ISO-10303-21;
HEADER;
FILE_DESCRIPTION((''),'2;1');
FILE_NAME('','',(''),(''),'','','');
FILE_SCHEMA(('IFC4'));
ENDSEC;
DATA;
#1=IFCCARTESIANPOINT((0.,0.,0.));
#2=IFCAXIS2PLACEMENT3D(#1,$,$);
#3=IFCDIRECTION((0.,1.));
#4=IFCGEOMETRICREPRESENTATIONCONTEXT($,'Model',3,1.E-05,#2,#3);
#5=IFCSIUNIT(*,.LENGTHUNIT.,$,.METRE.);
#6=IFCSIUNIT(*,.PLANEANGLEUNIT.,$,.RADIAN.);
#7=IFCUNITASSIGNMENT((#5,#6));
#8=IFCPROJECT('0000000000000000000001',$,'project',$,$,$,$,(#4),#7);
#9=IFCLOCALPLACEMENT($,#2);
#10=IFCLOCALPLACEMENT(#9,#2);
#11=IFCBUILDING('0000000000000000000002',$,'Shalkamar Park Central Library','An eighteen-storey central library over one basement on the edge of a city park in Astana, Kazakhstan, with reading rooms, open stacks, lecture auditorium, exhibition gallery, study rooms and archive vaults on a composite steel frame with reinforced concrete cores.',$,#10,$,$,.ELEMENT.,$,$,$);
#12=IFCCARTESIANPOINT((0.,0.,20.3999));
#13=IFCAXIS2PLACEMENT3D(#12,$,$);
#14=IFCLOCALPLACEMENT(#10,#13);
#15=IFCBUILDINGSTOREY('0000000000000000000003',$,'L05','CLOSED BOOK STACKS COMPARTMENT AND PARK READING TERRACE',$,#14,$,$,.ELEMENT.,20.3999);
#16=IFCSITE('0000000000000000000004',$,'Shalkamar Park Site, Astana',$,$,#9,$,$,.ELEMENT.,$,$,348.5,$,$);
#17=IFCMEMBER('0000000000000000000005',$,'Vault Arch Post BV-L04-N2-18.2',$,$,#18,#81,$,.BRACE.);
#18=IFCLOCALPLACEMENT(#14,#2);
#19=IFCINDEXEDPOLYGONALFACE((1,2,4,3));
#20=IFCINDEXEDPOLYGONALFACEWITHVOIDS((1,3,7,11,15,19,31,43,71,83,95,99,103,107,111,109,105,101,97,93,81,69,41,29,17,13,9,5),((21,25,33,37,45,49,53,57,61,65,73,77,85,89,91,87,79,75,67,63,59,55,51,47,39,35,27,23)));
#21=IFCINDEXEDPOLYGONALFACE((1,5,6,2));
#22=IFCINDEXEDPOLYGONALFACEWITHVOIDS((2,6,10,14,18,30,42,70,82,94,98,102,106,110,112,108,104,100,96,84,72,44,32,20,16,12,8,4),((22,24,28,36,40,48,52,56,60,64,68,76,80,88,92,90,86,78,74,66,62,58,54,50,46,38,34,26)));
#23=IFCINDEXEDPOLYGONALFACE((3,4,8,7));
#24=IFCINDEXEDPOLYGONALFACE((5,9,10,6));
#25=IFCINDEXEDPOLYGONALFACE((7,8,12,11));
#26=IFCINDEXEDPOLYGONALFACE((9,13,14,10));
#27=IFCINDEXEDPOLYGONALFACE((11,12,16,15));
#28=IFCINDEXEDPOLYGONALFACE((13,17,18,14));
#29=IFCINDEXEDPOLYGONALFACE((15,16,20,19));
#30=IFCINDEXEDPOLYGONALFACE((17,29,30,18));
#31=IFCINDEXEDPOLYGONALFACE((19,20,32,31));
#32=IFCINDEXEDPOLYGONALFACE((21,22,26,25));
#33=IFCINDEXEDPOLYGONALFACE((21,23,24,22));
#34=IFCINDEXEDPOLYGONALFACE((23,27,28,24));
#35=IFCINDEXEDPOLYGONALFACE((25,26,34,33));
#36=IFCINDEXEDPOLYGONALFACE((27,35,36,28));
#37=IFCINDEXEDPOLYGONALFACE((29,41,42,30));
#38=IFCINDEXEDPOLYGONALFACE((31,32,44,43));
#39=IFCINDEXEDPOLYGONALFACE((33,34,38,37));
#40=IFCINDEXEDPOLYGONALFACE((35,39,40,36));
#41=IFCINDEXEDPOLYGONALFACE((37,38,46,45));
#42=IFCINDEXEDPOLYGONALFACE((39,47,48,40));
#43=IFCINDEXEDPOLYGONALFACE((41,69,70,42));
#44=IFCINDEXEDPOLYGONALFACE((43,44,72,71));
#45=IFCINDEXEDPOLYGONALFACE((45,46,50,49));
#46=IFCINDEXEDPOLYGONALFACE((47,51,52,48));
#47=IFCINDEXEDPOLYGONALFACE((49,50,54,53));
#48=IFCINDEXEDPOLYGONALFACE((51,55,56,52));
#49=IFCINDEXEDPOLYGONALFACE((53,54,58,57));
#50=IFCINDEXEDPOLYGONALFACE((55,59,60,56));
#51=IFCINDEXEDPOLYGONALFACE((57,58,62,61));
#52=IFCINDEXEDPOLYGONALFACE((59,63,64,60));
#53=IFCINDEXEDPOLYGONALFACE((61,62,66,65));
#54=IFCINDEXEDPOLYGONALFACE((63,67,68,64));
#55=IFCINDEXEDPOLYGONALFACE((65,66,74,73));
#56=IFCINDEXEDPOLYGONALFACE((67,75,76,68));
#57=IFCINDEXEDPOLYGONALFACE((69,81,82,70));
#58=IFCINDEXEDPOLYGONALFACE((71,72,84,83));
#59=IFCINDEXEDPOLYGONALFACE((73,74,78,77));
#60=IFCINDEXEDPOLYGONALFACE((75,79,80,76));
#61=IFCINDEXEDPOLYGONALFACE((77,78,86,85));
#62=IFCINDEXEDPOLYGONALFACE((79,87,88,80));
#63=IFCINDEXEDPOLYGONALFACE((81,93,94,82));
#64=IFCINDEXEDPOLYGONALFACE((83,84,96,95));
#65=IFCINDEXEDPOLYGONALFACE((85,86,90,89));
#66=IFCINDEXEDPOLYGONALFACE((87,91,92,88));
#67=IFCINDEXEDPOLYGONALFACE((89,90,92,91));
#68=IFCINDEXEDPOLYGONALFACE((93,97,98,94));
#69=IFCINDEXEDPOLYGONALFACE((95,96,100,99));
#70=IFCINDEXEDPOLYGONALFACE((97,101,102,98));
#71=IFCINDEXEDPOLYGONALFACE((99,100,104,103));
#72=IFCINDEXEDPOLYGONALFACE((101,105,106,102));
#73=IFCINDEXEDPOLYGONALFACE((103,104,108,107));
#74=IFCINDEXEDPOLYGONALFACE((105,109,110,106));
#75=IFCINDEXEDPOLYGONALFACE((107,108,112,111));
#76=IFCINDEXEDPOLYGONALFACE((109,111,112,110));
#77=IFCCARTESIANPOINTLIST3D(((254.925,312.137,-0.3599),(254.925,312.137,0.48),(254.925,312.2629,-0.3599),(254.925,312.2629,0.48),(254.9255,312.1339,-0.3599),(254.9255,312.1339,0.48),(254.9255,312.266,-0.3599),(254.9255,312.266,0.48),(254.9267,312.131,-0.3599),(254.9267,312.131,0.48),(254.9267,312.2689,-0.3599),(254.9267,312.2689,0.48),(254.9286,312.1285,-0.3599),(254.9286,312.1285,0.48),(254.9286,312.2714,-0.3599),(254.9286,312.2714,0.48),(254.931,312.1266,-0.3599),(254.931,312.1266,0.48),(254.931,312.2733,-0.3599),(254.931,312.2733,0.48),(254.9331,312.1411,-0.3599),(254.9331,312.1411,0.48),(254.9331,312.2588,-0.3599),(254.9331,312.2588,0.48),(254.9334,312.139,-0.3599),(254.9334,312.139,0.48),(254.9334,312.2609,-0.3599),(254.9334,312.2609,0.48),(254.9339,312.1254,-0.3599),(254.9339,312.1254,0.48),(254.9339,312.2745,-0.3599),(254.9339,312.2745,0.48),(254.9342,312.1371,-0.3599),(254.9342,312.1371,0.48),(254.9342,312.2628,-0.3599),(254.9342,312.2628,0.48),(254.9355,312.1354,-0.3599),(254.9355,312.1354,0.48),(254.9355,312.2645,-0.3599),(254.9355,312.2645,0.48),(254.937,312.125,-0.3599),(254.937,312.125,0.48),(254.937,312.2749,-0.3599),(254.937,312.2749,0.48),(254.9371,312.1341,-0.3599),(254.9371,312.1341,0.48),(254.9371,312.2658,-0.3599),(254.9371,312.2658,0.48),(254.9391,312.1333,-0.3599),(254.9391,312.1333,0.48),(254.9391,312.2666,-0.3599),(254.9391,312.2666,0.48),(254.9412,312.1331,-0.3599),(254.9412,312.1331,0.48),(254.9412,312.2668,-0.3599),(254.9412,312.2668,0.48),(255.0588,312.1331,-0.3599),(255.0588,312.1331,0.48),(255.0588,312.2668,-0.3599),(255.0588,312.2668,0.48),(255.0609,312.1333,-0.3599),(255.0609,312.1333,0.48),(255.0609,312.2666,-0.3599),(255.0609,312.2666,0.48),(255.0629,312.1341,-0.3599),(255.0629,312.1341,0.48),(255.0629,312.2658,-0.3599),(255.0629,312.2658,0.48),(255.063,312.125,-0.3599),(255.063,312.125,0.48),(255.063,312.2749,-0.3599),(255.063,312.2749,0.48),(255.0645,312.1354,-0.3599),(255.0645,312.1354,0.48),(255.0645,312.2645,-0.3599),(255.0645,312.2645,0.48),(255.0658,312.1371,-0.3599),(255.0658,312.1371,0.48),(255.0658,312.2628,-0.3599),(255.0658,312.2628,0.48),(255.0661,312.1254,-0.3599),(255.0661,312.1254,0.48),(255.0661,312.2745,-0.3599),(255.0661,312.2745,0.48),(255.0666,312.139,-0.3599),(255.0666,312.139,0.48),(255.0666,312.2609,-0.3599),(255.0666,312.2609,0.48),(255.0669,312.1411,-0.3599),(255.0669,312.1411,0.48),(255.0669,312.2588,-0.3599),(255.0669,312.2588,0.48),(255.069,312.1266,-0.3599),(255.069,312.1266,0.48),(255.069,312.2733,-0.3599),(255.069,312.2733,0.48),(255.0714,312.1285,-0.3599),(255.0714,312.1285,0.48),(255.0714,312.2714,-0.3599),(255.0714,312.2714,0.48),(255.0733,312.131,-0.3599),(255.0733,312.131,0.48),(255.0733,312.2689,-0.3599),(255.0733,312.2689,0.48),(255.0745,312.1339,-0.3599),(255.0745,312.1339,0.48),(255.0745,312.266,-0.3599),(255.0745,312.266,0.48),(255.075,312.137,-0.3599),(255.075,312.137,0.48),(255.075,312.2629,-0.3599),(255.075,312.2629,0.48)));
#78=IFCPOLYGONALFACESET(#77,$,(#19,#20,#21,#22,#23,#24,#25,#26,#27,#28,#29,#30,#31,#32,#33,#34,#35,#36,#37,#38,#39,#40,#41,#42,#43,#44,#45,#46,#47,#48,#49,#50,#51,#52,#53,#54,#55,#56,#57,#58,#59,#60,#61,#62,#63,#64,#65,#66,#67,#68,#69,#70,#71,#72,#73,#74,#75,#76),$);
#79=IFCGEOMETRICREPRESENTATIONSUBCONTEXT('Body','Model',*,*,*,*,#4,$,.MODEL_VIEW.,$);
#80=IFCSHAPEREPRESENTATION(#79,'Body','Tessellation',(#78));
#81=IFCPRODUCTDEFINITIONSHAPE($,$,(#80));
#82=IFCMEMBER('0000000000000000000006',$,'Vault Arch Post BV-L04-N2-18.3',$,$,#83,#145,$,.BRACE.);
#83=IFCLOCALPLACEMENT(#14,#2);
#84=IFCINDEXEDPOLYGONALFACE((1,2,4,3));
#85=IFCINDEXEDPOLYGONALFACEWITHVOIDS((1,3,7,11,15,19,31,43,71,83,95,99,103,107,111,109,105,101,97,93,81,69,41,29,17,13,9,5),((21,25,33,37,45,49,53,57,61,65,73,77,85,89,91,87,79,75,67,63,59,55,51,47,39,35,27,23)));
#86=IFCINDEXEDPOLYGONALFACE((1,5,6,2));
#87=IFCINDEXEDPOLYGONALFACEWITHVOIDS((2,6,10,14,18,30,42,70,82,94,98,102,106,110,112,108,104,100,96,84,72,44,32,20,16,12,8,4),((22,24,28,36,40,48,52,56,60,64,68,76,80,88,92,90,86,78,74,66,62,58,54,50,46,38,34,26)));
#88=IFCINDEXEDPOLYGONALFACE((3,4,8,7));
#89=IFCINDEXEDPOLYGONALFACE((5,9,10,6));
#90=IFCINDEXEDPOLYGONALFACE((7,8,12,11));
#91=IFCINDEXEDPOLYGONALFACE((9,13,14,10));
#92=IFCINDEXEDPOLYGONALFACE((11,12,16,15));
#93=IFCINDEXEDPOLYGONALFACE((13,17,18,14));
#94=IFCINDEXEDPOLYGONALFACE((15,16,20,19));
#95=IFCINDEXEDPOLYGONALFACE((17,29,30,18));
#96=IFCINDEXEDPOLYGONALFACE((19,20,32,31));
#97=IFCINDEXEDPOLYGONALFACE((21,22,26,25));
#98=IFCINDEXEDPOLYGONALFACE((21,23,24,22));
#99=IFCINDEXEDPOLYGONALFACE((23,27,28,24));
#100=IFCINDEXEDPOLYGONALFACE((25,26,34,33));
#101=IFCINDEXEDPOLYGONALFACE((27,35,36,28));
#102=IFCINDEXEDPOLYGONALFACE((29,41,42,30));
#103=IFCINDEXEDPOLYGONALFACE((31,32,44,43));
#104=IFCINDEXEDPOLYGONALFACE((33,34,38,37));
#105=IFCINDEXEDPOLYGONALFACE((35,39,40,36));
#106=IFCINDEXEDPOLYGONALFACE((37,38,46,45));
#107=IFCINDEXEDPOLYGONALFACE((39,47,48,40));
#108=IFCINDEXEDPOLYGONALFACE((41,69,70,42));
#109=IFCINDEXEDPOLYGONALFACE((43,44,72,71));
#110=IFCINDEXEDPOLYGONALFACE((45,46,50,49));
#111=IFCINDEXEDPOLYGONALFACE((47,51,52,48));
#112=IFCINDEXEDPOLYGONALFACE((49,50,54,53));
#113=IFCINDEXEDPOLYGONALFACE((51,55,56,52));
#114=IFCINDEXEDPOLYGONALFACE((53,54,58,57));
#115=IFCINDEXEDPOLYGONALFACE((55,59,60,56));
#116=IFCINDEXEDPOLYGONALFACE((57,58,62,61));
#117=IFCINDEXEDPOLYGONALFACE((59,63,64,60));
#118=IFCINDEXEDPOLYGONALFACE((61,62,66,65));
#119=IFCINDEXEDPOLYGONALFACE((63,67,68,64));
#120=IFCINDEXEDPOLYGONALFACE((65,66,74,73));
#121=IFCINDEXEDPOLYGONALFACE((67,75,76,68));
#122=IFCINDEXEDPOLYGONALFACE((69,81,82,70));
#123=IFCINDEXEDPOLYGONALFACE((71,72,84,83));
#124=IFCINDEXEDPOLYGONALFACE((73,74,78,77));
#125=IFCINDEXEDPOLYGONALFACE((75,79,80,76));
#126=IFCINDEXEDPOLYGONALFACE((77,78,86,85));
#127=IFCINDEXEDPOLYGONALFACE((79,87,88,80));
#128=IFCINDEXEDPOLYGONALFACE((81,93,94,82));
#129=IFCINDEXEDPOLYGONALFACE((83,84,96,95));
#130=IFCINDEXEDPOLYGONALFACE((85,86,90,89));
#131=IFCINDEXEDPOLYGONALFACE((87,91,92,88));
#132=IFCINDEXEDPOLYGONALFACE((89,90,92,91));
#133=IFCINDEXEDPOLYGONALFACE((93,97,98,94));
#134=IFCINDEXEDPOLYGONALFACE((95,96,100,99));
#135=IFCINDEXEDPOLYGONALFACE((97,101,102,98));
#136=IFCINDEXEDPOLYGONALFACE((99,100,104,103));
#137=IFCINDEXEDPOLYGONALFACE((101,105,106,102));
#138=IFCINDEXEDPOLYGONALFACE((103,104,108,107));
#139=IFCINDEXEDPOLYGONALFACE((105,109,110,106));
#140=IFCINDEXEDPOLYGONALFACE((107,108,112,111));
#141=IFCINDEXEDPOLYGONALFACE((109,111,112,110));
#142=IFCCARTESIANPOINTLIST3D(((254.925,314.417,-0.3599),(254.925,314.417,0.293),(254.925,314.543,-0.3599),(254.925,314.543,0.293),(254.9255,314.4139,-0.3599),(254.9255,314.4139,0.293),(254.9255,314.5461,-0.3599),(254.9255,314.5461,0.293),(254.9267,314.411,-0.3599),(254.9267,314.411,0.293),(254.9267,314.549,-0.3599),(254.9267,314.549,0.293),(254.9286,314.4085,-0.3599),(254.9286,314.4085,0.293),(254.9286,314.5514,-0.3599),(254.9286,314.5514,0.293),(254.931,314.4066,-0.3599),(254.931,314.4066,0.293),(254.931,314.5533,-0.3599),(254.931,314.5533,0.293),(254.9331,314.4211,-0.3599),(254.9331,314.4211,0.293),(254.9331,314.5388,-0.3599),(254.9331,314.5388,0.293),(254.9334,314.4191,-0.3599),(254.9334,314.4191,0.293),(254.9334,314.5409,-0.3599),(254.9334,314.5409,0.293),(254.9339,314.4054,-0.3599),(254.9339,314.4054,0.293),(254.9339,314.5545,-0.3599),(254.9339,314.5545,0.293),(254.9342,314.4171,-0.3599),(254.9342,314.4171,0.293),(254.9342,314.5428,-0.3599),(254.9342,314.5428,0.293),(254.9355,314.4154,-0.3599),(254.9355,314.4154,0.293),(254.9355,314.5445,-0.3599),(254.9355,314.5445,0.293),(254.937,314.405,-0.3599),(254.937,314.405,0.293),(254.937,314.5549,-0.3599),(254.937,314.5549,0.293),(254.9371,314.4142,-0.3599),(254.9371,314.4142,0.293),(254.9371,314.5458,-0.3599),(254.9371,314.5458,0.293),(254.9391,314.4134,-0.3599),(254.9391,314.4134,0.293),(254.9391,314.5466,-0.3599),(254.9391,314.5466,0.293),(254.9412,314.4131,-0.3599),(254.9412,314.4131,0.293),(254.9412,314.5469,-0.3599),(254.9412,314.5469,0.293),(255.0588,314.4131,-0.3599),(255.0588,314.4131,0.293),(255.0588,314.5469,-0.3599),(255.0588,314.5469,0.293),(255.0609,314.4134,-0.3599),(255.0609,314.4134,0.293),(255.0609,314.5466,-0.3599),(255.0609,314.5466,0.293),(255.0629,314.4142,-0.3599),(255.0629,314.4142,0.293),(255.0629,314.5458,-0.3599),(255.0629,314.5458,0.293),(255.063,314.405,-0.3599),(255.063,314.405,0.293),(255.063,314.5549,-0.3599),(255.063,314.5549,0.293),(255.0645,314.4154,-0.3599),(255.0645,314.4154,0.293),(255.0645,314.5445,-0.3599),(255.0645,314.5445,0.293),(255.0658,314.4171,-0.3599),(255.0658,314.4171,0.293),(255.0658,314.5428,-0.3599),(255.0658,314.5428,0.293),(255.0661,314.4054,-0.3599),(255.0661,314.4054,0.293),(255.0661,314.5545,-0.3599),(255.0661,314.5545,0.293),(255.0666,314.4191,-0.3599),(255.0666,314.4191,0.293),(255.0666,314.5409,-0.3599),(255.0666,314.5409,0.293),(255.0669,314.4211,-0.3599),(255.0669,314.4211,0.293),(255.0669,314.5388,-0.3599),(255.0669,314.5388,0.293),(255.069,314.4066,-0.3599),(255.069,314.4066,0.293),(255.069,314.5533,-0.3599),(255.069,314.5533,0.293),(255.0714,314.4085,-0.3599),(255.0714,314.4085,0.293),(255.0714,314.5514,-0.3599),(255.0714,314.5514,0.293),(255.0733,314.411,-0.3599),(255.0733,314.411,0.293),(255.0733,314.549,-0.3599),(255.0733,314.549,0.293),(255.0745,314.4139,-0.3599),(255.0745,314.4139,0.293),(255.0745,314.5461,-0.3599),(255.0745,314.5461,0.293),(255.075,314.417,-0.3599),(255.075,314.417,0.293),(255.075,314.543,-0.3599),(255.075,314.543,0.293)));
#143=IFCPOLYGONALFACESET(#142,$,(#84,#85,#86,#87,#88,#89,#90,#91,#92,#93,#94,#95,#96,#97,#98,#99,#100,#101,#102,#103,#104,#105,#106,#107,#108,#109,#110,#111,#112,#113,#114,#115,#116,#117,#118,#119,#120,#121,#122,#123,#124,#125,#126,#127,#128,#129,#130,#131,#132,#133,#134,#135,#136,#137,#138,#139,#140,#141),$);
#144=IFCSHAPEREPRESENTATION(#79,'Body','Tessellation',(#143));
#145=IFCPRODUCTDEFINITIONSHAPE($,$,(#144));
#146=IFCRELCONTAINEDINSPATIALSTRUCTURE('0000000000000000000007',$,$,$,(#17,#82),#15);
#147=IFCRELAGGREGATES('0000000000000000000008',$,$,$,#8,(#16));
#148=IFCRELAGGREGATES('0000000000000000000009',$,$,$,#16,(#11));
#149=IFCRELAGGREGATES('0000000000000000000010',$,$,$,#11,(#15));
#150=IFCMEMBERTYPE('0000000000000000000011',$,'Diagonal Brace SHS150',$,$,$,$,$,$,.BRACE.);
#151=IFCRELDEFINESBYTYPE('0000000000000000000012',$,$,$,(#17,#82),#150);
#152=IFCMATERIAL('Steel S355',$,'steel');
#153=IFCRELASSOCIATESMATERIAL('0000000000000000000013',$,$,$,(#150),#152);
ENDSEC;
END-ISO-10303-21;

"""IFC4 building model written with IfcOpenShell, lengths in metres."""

from ifc_helpers import new_model, si_unit, direction, frame, origin, origin_2d, place, context, subcontext, project, spatial, hollow_rectangle, extrude, material, material_profile, profile_set, type_object, element, save


model = new_model("IFC4")

# Units and contexts
model_context = context("Model", 3, precision=1e-05, world=origin(), true_north=direction((0.0, 1.0)))
body_context = subcontext(model_context, "Body", "Model", "MODEL_VIEW")
ifc_project = project(units=[si_unit("LENGTHUNIT", "METRE"), si_unit("PLANEANGLEUNIT", "RADIAN")], contexts=[model_context])

# Site, building, storey
site_placement = place(None, origin())
site = spatial("IfcSite", under=ifc_project, at=site_placement, Name="Shalkamar Park Site, Astana", CompositionType="ELEMENT", RefElevation=348.5)
building_placement = place(site_placement, origin())
building = spatial("IfcBuilding", under=site, at=building_placement, Name="Shalkamar Park Central Library", Description="An eighteen-storey central library over one basement on the edge of a city park in Astana, Kazakhstan, with reading rooms, open stacks, lecture auditorium, exhibition gallery, study rooms and archive vaults on a composite steel frame with reinforced concrete cores.", CompositionType="ELEMENT")
storey_placement = place(building_placement, frame((0.0, 0.0, 20.3999)))
storey = spatial("IfcBuildingStorey", under=building, at=storey_placement, Name="L05", Description="CLOSED BOOK STACKS COMPARTMENT AND PARK READING TERRACE", CompositionType="ELEMENT", Elevation=20.3999)

# Members
ifc_material = material(Name="Steel S355", Category="steel")
ifc_material_profile_1 = material_profile(ifc_material, hollow_rectangle(XDim=0.1499, YDim=0.1499, WallThickness=0.0081, InnerFilletRadius=0.0081, OuterFilletRadius=0.012, at=origin_2d()), Name="SHS 150x150x8")
ifc_profile_set_1 = profile_set([ifc_material_profile_1], Name="Steel S355")
member_type_1 = type_object("IfcMemberType", Name="Diagonal Brace SHS150", PredefinedType="BRACE", material=ifc_profile_set_1)
member_1_placement = place(storey_placement, frame((255.0, 312.2, -0.3599), z_axis=(0.0, 0.0, 1.0), x_axis=(1.0, 0.0, 0.0)))
element("IfcMember", 1, at=member_1_placement, inside=storey, type_object=member_type_1, Name="Vault Arch Post BV-L04-N2-18.2", PredefinedType="BRACE", context=body_context, shape_type="SweptSolid", body=[
    extrude(hollow_rectangle(XDim=0.1499, YDim=0.1499, WallThickness=0.0081, InnerFilletRadius=0.0081, OuterFilletRadius=0.012, at=origin_2d()), origin(), (0.0, 0.0, 1.0), 0.8398),
])
for number, where, z_axis, x_axis, name in (
    (2, (255.0, 314.48, -0.3599), (0.0, 0.0, 1.0), (1.0, 0.0, 0.0), "Vault Arch Post BV-L04-N2-18.3"),
):
    element("IfcMember", number, at=place(storey_placement, frame(where, z_axis=z_axis, x_axis=x_axis)), inside=storey, type_object=member_type_1, Name=name, PredefinedType="BRACE", context=body_context, shape_type="SweptSolid", body=[
        extrude(hollow_rectangle(XDim=0.1499, YDim=0.1499, WallThickness=0.0081, InnerFilletRadius=0.0081, OuterFilletRadius=0.012, at=origin_2d()), origin(), (0.0, 0.0, 1.0), 0.6528),
    ])

save(model, "model.ifc")
